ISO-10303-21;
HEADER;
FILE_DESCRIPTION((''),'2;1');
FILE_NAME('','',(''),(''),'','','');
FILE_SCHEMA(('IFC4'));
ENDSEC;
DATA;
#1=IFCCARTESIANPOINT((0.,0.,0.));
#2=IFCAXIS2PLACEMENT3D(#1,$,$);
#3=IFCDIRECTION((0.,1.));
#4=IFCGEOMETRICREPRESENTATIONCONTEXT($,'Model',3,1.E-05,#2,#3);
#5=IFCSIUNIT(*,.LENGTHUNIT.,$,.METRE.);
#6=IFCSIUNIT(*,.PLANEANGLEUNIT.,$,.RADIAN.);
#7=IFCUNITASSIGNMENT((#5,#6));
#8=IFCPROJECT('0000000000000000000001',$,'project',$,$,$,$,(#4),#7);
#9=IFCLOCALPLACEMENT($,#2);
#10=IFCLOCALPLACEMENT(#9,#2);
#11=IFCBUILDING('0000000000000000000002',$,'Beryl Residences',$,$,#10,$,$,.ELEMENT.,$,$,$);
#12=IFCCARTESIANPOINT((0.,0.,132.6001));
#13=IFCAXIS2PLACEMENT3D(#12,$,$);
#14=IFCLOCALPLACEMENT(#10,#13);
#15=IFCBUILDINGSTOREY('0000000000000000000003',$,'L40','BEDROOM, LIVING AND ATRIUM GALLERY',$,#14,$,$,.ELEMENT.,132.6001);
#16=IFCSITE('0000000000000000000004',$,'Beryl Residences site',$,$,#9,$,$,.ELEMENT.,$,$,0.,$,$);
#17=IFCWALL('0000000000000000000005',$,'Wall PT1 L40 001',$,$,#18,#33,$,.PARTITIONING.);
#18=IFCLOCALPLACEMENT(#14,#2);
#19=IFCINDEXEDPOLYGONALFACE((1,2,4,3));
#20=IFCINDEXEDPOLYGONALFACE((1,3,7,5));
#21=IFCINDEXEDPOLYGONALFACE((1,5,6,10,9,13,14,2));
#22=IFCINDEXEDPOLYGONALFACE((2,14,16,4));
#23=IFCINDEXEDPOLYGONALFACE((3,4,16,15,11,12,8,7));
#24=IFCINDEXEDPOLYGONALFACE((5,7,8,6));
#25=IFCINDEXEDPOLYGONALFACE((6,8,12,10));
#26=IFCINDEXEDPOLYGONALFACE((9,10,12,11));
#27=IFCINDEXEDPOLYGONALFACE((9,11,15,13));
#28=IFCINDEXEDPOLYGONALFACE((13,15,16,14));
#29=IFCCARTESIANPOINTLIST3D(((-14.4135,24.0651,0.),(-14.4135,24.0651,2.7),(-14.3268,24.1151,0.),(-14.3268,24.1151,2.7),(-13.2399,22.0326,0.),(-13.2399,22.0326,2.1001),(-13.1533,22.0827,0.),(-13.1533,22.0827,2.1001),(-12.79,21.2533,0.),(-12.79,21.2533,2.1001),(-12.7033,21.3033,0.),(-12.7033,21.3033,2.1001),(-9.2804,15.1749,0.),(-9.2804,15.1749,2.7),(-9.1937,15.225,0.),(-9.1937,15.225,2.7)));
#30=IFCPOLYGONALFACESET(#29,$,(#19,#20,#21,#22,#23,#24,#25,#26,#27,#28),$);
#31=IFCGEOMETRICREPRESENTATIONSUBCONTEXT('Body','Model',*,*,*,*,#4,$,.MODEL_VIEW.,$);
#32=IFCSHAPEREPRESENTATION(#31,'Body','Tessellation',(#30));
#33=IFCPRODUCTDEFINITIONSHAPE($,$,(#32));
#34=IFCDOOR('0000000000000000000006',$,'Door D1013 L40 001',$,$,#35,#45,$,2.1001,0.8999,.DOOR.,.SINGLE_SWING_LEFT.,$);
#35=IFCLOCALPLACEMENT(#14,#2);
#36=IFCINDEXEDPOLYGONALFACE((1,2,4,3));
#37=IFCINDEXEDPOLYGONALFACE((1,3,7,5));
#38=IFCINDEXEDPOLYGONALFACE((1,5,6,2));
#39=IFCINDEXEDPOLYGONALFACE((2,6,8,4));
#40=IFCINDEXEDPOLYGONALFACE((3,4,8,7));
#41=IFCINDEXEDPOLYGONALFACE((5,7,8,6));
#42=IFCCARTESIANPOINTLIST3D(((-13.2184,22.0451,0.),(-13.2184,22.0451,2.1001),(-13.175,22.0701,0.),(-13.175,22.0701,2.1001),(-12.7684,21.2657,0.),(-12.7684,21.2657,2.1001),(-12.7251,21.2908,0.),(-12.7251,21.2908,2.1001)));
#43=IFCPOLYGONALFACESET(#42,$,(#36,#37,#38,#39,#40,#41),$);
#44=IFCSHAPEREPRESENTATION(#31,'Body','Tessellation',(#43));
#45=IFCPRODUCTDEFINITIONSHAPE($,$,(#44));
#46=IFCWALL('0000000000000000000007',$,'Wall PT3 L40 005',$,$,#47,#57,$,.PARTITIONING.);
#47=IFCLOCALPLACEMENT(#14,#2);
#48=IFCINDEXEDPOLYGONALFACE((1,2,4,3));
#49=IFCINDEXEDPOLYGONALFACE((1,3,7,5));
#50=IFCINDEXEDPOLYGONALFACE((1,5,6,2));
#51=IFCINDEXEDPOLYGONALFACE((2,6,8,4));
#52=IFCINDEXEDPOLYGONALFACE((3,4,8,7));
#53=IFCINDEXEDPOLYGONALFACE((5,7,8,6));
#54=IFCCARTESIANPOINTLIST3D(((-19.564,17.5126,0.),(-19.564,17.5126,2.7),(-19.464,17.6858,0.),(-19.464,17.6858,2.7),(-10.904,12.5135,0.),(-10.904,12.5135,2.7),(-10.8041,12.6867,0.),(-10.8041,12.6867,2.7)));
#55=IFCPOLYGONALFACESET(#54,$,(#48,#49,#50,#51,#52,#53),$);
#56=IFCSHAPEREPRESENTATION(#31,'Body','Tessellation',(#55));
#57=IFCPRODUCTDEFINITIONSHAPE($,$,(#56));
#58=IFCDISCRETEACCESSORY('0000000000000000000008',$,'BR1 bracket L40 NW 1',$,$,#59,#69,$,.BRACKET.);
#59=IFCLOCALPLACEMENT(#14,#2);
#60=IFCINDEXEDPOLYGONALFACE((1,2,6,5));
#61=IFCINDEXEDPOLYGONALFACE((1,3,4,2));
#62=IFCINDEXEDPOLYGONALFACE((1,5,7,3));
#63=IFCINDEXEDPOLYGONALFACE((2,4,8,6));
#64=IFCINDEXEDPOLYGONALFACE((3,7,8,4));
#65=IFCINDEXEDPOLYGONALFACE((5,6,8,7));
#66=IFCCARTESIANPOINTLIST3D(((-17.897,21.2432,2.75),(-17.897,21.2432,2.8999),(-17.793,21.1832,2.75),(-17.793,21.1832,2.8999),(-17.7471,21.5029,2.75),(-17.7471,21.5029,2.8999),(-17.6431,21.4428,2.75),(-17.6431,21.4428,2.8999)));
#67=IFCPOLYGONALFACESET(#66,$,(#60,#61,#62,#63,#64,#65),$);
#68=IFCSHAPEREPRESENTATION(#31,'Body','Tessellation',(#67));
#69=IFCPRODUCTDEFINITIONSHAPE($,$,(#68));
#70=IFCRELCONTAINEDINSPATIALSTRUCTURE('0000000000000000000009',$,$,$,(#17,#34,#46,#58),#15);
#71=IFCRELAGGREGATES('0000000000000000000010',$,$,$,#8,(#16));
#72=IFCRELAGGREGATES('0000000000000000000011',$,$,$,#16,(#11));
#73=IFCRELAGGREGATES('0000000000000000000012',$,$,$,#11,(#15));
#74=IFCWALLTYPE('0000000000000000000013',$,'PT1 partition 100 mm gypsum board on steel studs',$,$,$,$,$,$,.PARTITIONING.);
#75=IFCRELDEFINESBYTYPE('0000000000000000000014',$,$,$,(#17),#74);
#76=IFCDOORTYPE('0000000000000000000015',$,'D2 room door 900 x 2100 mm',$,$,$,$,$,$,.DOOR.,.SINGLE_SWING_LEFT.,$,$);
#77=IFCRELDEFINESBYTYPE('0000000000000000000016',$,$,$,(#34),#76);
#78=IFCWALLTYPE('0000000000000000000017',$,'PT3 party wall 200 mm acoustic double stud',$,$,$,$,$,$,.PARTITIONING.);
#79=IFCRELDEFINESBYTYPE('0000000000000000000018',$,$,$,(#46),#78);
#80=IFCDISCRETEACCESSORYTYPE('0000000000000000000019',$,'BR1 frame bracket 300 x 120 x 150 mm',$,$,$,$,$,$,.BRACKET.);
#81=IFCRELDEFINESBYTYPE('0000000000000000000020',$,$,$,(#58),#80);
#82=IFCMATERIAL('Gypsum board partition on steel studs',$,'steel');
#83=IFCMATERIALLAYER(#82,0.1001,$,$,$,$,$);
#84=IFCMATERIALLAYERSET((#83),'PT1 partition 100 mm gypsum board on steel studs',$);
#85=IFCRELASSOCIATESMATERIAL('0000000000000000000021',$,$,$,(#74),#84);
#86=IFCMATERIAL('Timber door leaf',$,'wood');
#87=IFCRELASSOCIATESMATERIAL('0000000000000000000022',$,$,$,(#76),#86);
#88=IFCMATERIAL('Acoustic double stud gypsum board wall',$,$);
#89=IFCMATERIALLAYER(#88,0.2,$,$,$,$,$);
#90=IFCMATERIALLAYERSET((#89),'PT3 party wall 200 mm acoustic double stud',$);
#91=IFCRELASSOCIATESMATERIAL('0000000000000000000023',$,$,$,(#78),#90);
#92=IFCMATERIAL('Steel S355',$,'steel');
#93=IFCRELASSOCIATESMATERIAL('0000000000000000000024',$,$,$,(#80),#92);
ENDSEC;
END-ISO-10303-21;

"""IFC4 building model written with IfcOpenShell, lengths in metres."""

from ifc_helpers import new_model, si_unit, direction, frame, frame_2d, origin, place, context, subcontext, project, spatial, polyline, rectangle, outline, extrude, source, transform, mapped, material, layer, layer_set, type_object, type_shapes, element, fill, save


model = new_model("IFC4")

# Units and contexts
model_context = context("Model", 3, precision=1e-05, world=origin(), true_north=direction((0.0, 1.0)))
body_context = subcontext(model_context, "Body", "Model", "MODEL_VIEW")
ifc_project = project(units=[si_unit("LENGTHUNIT", "METRE"), si_unit("PLANEANGLEUNIT", "RADIAN")], contexts=[model_context])

# Site, building, storey
site_placement = place(None, origin())
site = spatial("IfcSite", under=ifc_project, at=site_placement, Name="Beryl Residences site", CompositionType="ELEMENT", RefElevation=0.0)
building_placement = place(site_placement, origin())
building = spatial("IfcBuilding", under=site, at=building_placement, Name="Beryl Residences", CompositionType="ELEMENT")
storey_placement = place(building_placement, frame((0.0, 0.0, 132.6001)))
storey = spatial("IfcBuildingStorey", under=building, at=storey_placement, Name="L40", Description="BEDROOM, LIVING AND ATRIUM GALLERY", CompositionType="ELEMENT", Elevation=132.6001)

# Wall, opening, door
ifc_material_1 = material(Name="Gypsum board partition on steel studs", Category="steel")
ifc_layer_1 = layer(ifc_material_1, 0.1001)
ifc_layer_set_1 = layer_set([ifc_layer_1], Name="PT1 partition 100 mm gypsum board on steel studs")
wall_type_1 = type_object("IfcWallType", Name="PT1 partition 100 mm gypsum board on steel studs", PredefinedType="PARTITIONING", material=ifc_layer_set_1)
wall_1_placement = place(storey_placement, frame((-14.3701, 24.0901, 0.0), z_axis=(0.0, 0.0, 1.0), x_axis=(0.500024, -0.866011, 0.0)))
wall_1 = element("IfcWall", 1, at=wall_1_placement, inside=storey, type_object=wall_type_1, Name="Wall PT1 L40 001", PredefinedType="PARTITIONING", context=body_context, shape_type="SweptSolid", body=[
    extrude(rectangle(XDim=10.2656, YDim=0.1001, at=frame_2d((5.1328, 0.0))), origin(), (0.0, 0.0, 1.0), 2.7),
])
opening_1_placement = place(wall_1_placement, frame((2.3469, 0.0, 0.0)))
opening_1 = element("IfcOpeningElement", 2, at=opening_1_placement, cuts=wall_1, PredefinedType="OPENING", context=body_context, shape_type="SweptSolid", body=[
    extrude(rectangle(XDim=0.8999, YDim=2.1001, at=frame_2d((0.45, 1.05))), frame((0.0, 0.0601, 0.0), z_axis=(0.0, -1.0, 0.0), x_axis=(1.0, 0.0, 0.0)), (0.0, 0.0, 1.0), 0.1201),
])
ifc_material_2 = material(Name="Timber door leaf", Category="wood")
door_type = type_object("IfcDoorType", Name="D2 room door 900 x 2100 mm", OperationType="SINGLE_SWING_LEFT", PredefinedType="DOOR", material=ifc_material_2)
door_placement = place(opening_1_placement, origin())
door = element("IfcDoor", 3, at=door_placement, inside=storey, type_object=door_type, Name="Door D1013 L40 001", OperationType="SINGLE_SWING_LEFT", OverallHeight=2.1001, OverallWidth=0.8999, PredefinedType="DOOR", context=body_context, shape_type="SweptSolid", body=[
    extrude(rectangle(XDim=0.8999, YDim=2.1001, at=frame_2d((0.45, 1.05))), frame((0.0, 0.0249, 0.0), z_axis=(0.0, -1.0, 0.0), x_axis=(1.0, 0.0, 0.0)), (0.0, 0.0, 1.0), 0.05),
])
fill(opening_1, door)

# Wall
ifc_material_3 = material(Name="Acoustic double stud gypsum board wall")
ifc_layer_2 = layer(ifc_material_3, 0.2)
ifc_layer_set_2 = layer_set([ifc_layer_2], Name="PT3 party wall 200 mm acoustic double stud")
wall_type_2 = type_object("IfcWallType", Name="PT3 party wall 200 mm acoustic double stud", PredefinedType="PARTITIONING", material=ifc_layer_set_2)
wall_2_placement = place(storey_placement, frame((-19.5139, 17.5991, 0.0), z_axis=(0.0, 0.0, 1.0), x_axis=(0.866059, -0.499942, 0.0)))
element("IfcWall", 4, at=wall_2_placement, inside=storey, type_object=wall_type_2, Name="Wall PT3 L40 005", PredefinedType="PARTITIONING", context=body_context, shape_type="SweptSolid", body=[
    extrude(rectangle(XDim=9.9993, YDim=0.2, at=frame_2d((4.9995, 0.0))), origin(), (0.0, 0.0, 1.0), 2.7),
])

# Discrete accessory
ifc_material_4 = material(Name="Steel S355", Category="steel")
discrete_accessory_type = type_object("IfcDiscreteAccessoryType", Name="BR1 frame bracket 300 x 120 x 150 mm", PredefinedType="BRACKET", material=ifc_material_4)
shared_shape_1 = source(origin(), body_context, "Body", "SweptSolid", [
    extrude(outline(polyline([(-0.1499, 0.0), (0.1499, 0.0), (0.1499, 0.1201), (-0.1499, 0.1201), (-0.1499, 0.0)])), origin(), (0.0, 0.0, 1.0), 0.1499),
])
type_shapes(discrete_accessory_type, [shared_shape_1])
discrete_accessory_placement = place(storey_placement, frame((-17.718, 21.313, 2.75), z_axis=(0.0, 0.0, 1.0), x_axis=(0.5, 0.866025, 0.0)))
element("IfcDiscreteAccessory", 5, at=discrete_accessory_placement, inside=storey, type_object=discrete_accessory_type, Name="BR1 bracket L40 NW 1", PredefinedType="BRACKET", context=body_context, shape_type="MappedRepresentation", body=[
    mapped(shared_shape_1, transform((0.0, 0.0, 0.0))),
])

save(model, "model.ifc")
